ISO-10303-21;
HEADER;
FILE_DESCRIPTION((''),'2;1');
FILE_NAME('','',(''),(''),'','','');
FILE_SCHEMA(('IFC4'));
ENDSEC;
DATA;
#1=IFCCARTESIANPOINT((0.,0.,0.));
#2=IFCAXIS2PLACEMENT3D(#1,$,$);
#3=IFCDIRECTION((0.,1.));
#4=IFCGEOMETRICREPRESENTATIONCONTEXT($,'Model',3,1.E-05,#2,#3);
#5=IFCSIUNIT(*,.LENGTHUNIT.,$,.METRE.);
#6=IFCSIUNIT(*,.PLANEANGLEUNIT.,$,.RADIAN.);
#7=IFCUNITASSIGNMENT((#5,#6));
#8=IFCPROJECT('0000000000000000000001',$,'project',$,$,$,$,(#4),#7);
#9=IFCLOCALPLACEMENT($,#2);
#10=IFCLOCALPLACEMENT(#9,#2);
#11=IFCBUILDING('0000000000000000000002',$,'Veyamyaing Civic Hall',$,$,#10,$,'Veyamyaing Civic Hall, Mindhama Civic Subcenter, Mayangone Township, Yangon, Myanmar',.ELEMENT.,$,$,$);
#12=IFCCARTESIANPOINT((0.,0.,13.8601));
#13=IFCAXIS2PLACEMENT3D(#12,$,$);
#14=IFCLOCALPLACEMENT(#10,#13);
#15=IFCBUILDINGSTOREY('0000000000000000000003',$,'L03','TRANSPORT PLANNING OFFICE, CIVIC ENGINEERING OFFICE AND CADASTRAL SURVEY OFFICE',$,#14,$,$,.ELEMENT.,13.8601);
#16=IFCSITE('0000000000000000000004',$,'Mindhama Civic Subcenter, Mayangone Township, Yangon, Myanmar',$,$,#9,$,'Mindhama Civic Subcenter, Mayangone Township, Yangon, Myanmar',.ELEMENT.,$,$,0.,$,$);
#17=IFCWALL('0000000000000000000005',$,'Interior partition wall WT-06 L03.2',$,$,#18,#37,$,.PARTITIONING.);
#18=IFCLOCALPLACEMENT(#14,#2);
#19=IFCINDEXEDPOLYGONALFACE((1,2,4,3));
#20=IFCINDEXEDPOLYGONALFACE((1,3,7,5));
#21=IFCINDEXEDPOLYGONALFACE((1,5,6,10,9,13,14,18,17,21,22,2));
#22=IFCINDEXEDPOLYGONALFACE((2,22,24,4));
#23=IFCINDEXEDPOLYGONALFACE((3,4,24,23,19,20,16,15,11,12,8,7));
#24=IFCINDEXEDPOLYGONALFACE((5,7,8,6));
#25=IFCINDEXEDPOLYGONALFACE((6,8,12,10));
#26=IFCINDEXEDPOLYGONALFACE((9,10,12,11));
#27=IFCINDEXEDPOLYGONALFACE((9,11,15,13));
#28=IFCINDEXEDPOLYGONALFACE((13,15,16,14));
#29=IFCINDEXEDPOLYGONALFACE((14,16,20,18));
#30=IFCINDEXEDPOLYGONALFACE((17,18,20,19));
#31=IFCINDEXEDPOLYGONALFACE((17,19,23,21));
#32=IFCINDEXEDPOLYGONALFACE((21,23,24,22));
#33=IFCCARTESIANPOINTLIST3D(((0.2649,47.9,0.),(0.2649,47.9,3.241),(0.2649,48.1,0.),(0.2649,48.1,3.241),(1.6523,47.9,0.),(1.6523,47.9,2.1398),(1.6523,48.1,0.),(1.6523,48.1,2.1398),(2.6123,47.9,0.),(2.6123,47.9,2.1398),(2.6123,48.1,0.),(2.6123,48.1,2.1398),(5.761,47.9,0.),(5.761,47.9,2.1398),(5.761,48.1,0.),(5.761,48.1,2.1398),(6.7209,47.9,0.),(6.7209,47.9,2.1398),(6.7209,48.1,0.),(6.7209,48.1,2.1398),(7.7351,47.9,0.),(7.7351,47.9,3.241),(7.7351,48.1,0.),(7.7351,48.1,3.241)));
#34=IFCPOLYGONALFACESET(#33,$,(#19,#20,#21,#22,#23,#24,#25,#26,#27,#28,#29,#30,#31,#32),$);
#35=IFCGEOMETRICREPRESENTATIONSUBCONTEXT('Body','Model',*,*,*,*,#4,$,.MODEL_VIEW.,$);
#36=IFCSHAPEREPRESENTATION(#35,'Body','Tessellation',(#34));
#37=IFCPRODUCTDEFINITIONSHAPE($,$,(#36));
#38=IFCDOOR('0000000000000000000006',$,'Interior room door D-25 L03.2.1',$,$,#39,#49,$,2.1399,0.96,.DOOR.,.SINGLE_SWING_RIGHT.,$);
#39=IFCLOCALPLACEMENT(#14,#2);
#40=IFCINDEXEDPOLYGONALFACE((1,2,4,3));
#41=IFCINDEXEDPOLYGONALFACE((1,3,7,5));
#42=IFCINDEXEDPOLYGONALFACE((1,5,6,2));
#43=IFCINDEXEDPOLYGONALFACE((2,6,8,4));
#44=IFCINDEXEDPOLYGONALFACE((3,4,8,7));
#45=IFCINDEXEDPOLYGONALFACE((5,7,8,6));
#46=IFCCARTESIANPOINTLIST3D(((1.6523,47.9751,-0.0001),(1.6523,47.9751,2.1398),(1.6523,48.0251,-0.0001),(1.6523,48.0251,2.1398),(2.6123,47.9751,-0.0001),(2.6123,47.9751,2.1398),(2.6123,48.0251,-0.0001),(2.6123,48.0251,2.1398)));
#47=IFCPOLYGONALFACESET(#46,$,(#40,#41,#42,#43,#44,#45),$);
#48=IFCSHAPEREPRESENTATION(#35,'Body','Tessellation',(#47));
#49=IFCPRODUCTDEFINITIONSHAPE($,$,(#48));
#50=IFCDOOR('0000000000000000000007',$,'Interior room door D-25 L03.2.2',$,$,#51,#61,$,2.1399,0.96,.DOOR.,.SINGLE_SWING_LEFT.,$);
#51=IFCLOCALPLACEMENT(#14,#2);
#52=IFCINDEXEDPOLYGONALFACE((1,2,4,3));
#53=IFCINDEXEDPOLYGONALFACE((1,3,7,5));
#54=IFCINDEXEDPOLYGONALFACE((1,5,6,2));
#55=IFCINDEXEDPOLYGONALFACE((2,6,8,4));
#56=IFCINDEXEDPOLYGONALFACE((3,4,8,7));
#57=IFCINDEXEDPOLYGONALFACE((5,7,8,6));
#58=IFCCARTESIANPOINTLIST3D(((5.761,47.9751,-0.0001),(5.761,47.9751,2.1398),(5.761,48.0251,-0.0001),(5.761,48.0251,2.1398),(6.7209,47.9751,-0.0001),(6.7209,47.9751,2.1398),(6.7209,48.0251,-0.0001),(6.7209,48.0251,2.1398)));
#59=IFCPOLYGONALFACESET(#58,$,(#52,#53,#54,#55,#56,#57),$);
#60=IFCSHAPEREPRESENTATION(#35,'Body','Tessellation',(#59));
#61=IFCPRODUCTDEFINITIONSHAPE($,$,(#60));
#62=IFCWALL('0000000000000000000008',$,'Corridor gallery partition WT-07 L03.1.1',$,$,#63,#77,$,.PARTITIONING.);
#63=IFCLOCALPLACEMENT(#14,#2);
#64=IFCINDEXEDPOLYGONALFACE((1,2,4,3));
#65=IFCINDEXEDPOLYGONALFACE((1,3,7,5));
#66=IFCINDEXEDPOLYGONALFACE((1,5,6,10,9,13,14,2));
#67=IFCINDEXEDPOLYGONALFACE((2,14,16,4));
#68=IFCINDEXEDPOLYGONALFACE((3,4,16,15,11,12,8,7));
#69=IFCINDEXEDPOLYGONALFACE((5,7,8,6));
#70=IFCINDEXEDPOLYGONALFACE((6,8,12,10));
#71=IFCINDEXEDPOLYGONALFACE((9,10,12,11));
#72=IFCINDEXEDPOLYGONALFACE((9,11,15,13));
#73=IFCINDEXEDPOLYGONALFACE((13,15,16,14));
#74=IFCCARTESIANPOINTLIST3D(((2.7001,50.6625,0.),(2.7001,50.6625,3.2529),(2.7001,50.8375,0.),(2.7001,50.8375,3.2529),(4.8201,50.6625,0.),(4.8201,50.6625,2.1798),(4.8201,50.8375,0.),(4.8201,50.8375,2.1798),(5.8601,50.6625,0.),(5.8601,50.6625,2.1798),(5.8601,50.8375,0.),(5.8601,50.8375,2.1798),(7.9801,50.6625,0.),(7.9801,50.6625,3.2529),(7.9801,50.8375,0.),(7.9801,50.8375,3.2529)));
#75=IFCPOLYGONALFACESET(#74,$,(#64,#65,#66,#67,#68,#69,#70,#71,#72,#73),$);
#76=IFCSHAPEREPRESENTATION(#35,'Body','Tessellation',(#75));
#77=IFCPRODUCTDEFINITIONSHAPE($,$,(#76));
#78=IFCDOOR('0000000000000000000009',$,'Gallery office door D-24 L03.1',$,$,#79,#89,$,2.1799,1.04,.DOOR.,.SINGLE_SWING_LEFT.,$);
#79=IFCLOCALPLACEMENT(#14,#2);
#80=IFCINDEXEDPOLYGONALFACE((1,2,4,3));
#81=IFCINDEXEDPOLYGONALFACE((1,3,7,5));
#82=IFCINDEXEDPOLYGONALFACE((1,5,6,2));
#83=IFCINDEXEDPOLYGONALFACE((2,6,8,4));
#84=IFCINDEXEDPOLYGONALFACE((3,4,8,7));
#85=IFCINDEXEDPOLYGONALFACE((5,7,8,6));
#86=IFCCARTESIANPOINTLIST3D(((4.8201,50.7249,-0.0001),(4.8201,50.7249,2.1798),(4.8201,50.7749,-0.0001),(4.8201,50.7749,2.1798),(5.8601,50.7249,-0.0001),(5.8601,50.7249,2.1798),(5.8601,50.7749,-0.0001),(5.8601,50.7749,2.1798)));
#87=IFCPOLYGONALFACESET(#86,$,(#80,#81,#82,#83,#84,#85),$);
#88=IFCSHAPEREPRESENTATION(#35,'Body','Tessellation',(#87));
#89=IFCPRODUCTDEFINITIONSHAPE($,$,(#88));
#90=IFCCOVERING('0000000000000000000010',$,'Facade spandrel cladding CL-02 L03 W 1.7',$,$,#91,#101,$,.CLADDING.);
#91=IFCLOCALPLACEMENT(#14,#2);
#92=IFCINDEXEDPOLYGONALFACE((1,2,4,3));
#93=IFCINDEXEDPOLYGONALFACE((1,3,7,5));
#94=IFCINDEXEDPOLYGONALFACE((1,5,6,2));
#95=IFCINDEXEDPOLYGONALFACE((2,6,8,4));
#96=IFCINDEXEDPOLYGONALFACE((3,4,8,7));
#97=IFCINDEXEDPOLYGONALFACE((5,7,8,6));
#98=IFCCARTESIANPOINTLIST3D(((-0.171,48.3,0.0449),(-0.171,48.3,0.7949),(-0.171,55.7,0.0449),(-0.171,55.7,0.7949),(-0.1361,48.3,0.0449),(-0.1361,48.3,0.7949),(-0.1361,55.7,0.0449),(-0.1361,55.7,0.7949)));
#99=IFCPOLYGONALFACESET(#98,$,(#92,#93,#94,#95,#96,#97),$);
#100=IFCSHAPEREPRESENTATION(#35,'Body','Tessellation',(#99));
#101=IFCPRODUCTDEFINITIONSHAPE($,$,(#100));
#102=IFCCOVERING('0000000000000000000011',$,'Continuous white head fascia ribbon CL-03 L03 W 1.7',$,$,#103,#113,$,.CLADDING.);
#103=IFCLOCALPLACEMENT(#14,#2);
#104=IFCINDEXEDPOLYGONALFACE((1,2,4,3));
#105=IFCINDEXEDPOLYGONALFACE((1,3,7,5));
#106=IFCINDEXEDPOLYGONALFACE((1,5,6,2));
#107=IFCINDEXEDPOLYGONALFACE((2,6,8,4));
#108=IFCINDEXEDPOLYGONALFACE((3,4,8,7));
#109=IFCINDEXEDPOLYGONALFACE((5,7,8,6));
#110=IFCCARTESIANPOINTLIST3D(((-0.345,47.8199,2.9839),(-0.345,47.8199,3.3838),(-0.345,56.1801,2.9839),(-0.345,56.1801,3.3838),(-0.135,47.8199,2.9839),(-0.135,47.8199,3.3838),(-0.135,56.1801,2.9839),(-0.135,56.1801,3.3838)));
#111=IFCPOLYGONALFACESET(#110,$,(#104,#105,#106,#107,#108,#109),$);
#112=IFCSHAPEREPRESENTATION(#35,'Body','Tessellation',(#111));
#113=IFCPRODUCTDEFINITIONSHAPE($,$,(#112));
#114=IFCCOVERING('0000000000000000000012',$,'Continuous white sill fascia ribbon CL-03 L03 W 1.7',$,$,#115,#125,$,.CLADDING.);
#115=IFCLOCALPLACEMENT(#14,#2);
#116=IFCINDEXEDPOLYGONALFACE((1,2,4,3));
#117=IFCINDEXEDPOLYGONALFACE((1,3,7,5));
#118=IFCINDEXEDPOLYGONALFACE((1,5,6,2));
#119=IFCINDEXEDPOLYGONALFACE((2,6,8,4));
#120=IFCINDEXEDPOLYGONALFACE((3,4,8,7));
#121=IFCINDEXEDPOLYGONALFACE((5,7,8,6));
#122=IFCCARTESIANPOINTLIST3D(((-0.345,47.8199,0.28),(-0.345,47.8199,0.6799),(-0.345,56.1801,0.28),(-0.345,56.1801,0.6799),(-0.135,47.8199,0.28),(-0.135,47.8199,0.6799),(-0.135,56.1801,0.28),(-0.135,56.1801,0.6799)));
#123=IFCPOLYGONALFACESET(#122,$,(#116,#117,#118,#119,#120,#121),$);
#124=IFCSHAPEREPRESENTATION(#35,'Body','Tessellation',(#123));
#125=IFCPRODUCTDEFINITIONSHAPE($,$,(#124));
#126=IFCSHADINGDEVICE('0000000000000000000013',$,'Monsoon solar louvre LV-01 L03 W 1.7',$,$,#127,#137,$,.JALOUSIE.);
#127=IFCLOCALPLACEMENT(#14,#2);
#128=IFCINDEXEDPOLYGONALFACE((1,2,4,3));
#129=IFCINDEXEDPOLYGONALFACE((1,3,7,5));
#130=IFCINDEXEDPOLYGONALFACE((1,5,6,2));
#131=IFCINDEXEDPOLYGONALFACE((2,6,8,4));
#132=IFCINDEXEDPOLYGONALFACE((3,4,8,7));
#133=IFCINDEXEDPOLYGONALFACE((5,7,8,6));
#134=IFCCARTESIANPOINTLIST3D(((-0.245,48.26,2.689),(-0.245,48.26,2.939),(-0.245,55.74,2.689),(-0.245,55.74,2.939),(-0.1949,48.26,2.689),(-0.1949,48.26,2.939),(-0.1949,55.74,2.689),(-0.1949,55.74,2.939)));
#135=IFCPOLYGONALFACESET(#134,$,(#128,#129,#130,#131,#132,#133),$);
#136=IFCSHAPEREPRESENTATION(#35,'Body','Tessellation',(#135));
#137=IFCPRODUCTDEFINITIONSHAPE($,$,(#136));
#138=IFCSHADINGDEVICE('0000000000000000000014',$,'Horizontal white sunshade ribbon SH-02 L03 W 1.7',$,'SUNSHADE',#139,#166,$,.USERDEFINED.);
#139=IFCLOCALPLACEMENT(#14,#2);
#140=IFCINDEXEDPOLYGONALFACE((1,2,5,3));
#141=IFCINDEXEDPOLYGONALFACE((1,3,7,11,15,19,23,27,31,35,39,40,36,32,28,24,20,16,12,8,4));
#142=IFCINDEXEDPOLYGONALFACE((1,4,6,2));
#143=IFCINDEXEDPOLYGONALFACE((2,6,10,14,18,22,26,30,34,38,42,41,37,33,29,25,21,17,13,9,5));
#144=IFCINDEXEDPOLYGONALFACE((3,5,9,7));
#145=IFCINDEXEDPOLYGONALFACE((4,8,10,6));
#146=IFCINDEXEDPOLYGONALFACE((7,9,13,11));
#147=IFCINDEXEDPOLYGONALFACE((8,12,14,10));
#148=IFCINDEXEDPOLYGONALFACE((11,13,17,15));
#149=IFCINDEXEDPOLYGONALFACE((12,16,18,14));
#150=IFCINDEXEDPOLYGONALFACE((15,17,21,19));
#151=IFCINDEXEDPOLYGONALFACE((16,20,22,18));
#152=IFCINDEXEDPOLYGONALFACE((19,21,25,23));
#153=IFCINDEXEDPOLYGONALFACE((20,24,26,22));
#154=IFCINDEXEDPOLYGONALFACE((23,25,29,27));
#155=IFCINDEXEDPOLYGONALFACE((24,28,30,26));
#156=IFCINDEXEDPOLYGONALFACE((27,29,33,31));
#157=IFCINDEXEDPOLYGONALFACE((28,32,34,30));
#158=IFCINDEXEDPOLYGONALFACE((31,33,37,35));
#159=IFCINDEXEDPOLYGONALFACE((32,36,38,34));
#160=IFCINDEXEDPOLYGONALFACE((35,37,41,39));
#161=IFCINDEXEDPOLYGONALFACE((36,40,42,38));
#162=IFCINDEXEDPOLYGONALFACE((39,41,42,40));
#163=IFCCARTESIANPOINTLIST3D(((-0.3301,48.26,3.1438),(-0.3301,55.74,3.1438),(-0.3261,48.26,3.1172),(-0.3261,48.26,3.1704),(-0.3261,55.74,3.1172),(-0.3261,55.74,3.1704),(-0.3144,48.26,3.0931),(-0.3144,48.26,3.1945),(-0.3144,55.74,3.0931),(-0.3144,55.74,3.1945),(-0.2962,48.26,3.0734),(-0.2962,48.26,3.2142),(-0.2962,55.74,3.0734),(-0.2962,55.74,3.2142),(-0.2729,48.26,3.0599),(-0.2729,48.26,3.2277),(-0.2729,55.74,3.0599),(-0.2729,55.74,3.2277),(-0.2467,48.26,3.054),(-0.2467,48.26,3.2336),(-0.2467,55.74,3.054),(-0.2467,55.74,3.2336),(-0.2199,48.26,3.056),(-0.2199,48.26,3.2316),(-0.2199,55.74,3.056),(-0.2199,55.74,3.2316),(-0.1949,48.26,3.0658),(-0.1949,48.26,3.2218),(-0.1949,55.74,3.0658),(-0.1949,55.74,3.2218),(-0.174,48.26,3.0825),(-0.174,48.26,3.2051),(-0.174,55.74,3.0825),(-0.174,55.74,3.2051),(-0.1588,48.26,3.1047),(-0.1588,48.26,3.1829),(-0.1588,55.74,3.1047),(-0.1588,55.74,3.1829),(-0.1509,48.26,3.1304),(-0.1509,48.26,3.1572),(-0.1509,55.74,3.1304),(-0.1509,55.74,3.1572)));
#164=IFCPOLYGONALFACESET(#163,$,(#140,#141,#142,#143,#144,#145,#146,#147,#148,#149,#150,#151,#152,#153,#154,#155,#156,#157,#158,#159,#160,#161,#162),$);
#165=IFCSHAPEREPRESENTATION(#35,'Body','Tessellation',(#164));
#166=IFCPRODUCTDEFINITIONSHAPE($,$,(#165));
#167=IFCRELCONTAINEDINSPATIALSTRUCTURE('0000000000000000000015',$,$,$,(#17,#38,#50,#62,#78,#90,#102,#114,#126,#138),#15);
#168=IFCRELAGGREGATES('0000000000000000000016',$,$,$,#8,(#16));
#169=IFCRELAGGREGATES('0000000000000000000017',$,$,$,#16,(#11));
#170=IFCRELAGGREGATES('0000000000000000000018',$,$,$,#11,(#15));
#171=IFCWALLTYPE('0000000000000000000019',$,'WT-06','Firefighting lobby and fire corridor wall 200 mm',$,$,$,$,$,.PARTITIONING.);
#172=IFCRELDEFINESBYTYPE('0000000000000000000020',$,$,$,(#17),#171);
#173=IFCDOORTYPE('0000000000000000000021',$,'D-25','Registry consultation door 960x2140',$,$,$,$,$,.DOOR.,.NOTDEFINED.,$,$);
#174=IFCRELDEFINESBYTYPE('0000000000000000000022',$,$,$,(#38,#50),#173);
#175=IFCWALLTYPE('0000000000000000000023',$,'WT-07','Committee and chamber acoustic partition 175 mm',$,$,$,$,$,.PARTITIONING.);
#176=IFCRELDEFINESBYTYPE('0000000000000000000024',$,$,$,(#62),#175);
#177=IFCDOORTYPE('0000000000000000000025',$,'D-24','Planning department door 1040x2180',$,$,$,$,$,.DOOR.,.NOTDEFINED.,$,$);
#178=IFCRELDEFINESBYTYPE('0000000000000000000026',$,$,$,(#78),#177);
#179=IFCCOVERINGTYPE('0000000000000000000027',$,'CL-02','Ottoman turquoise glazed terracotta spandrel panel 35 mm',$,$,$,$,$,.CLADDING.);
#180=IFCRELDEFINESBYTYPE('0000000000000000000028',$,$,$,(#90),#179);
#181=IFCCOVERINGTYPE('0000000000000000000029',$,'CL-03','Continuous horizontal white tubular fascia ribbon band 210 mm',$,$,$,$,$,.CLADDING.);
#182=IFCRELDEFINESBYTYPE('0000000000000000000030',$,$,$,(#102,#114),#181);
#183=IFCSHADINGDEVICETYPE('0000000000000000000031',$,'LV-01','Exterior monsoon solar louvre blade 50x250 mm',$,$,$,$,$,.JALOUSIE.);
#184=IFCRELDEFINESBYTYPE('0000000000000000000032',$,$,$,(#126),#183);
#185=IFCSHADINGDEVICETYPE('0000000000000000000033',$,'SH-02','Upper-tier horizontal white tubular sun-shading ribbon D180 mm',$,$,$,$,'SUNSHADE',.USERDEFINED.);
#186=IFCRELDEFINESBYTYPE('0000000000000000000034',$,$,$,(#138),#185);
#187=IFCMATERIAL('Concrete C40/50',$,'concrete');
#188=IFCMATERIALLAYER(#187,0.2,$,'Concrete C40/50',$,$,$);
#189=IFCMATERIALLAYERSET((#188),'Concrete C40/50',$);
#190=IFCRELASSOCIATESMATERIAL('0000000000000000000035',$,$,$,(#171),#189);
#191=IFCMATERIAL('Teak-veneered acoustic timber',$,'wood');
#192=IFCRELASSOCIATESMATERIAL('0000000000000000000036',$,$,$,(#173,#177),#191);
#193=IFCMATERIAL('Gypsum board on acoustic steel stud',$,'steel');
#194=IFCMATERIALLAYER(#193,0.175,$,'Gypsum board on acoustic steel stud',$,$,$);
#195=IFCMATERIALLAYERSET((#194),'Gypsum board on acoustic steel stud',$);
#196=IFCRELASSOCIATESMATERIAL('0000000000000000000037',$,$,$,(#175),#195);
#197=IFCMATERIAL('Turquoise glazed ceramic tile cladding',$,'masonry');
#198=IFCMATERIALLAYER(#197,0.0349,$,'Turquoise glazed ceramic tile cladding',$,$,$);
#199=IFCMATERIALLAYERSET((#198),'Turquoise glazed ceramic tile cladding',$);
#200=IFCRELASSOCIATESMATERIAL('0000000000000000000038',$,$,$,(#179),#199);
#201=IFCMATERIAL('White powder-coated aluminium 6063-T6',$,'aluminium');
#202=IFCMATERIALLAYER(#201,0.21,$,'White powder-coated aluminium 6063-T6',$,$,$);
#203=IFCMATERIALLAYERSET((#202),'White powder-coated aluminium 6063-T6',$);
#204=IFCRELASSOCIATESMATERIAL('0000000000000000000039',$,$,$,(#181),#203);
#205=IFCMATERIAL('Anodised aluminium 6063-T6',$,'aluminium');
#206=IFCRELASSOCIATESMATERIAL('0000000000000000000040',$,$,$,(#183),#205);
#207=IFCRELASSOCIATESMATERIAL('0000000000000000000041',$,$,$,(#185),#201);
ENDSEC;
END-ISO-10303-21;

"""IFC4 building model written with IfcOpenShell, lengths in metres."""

from ifc_helpers import new_model, si_unit, direction, frame, frame_2d, origin, origin_2d, place, context, subcontext, project, spatial, rectangle, circle, extrude, material, layer, layer_set, material_profile, profile_set, type_object, element, fill, save


model = new_model("IFC4")

# Units and contexts
model_context = context("Model", 3, precision=1e-05, world=origin(), true_north=direction((0.0, 1.0)))
body_context = subcontext(model_context, "Body", "Model", "MODEL_VIEW")
ifc_project = project(units=[si_unit("LENGTHUNIT", "METRE"), si_unit("PLANEANGLEUNIT", "RADIAN")], contexts=[model_context])

# Site, building, storey
site_placement = place(None, origin())
site = spatial("IfcSite", under=ifc_project, at=site_placement, Name="Mindhama Civic Subcenter, Mayangone Township, Yangon, Myanmar", LongName="Mindhama Civic Subcenter, Mayangone Township, Yangon, Myanmar", CompositionType="ELEMENT", RefElevation=0.0)
building_placement = place(site_placement, origin())
building = spatial("IfcBuilding", under=site, at=building_placement, Name="Veyamyaing Civic Hall", LongName="Veyamyaing Civic Hall, Mindhama Civic Subcenter, Mayangone Township, Yangon, Myanmar", CompositionType="ELEMENT")
storey_placement = place(building_placement, frame((0.0, 0.0, 13.8601)))
storey = spatial("IfcBuildingStorey", under=building, at=storey_placement, Name="L03", Description="TRANSPORT PLANNING OFFICE, CIVIC ENGINEERING OFFICE AND CADASTRAL SURVEY OFFICE", CompositionType="ELEMENT", Elevation=13.8601)

# Wall, openings, doors
ifc_material_1 = material(Name="Concrete C40/50", Category="concrete")
ifc_layer_1 = layer(ifc_material_1, 0.2, Name="Concrete C40/50")
ifc_layer_set_1 = layer_set([ifc_layer_1], Name="Concrete C40/50")
wall_type_1 = type_object("IfcWallType", Name="WT-06", Description="Firefighting lobby and fire corridor wall 200 mm", PredefinedType="PARTITIONING", material=ifc_layer_set_1)
wall_1_placement = place(storey_placement, frame((0.2649, 48.0, 0.0), z_axis=(0.0, 0.0, 1.0), x_axis=(1.0, 0.0, 0.0)))
wall_1 = element("IfcWall", 1, at=wall_1_placement, inside=storey, type_object=wall_type_1, Name="Interior partition wall WT-06 L03.2", PredefinedType="PARTITIONING", context=body_context, shape_type="SweptSolid", body=[
    extrude(rectangle(XDim=7.4702, YDim=0.2, at=frame_2d((3.7351, 0.0))), origin(), (0.0, 0.0, 1.0), 3.241),
])
opening_1_placement = place(wall_1_placement, frame((1.3875, 0.0, 0.0)))
opening_1 = element("IfcOpeningElement", 2, at=opening_1_placement, cuts=wall_1, PredefinedType="OPENING", context=body_context, shape_type="SweptSolid", body=[
    extrude(rectangle(XDim=0.96, YDim=2.1399, at=frame_2d((0.48, 1.0698))), frame((0.0, 0.1099, 0.0), z_axis=(0.0, -1.0, 0.0), x_axis=(1.0, 0.0, 0.0)), (0.0, 0.0, 1.0), 0.22),
])
opening_2_placement = place(wall_1_placement, frame((5.4961, 0.0, 0.0)))
opening_2 = element("IfcOpeningElement", 3, at=opening_2_placement, cuts=wall_1, PredefinedType="OPENING", context=body_context, shape_type="SweptSolid", body=[
    extrude(rectangle(XDim=0.96, YDim=2.1399, at=frame_2d((0.48, 1.0698))), frame((0.0, 0.1099, 0.0), z_axis=(0.0, -1.0, 0.0), x_axis=(1.0, 0.0, 0.0)), (0.0, 0.0, 1.0), 0.22),
])
ifc_material_2 = material(Name="Teak-veneered acoustic timber", Category="wood")
door_type_1 = type_object("IfcDoorType", Name="D-25", Description="Registry consultation door 960x2140", OperationType="NOTDEFINED", PredefinedType="DOOR", material=ifc_material_2)
door_1_placement = place(opening_1_placement, frame((0.96, 0.0, 0.0), z_axis=(0.0, 0.0, 1.0), x_axis=(-1.0, 0.0, 0.0)))
door_1 = element("IfcDoor", 4, at=door_1_placement, inside=storey, type_object=door_type_1, Name="Interior room door D-25 L03.2.1", OperationType="SINGLE_SWING_RIGHT", OverallHeight=2.1399, OverallWidth=0.96, PredefinedType="DOOR", context=body_context, shape_type="SweptSolid", body=[
    extrude(rectangle(XDim=0.96, YDim=2.1399, at=frame_2d((0.48, 1.0698))), frame((0.0, 0.0249, 0.0), z_axis=(0.0, -1.0, 0.0), x_axis=(1.0, 0.0, 0.0)), (0.0, 0.0, 1.0), 0.05),
])
fill(opening_1, door_1)
door_2_placement = place(opening_2_placement, frame((0.96, 0.0, 0.0), z_axis=(0.0, 0.0, 1.0), x_axis=(-1.0, 0.0, 0.0)))
door_2 = element("IfcDoor", 5, at=door_2_placement, inside=storey, type_object=door_type_1, Name="Interior room door D-25 L03.2.2", OperationType="SINGLE_SWING_LEFT", OverallHeight=2.1399, OverallWidth=0.96, PredefinedType="DOOR", context=body_context, shape_type="SweptSolid", body=[
    extrude(rectangle(XDim=0.96, YDim=2.1399, at=frame_2d((0.48, 1.0698))), frame((0.0, 0.0249, 0.0), z_axis=(0.0, -1.0, 0.0), x_axis=(1.0, 0.0, 0.0)), (0.0, 0.0, 1.0), 0.05),
])
fill(opening_2, door_2)

# Wall, opening, door
ifc_material_3 = material(Name="Gypsum board on acoustic steel stud", Category="steel")
ifc_layer_2 = layer(ifc_material_3, 0.175, Name="Gypsum board on acoustic steel stud")
ifc_layer_set_2 = layer_set([ifc_layer_2], Name="Gypsum board on acoustic steel stud")
wall_type_2 = type_object("IfcWallType", Name="WT-07", Description="Committee and chamber acoustic partition 175 mm", PredefinedType="PARTITIONING", material=ifc_layer_set_2)
wall_2_placement = place(storey_placement, frame((2.7, 50.75, 0.0), z_axis=(0.0, 0.0, 1.0), x_axis=(1.0, 0.0, 0.0)))
wall_2 = element("IfcWall", 6, at=wall_2_placement, inside=storey, type_object=wall_type_2, Name="Corridor gallery partition WT-07 L03.1.1", PredefinedType="PARTITIONING", context=body_context, shape_type="SweptSolid", body=[
    extrude(rectangle(XDim=5.28, YDim=0.175, at=frame_2d((2.6401, 0.0))), origin(), (0.0, 0.0, 1.0), 3.2529),
])
opening_3_placement = place(wall_2_placement, frame((2.1201, 0.0, 0.0)))
opening_3 = element("IfcOpeningElement", 7, at=opening_3_placement, cuts=wall_2, PredefinedType="OPENING", context=body_context, shape_type="SweptSolid", body=[
    extrude(rectangle(XDim=1.04, YDim=2.1799, at=frame_2d((0.52, 1.0898))), frame((0.0, 0.0974, 0.0), z_axis=(0.0, -1.0, 0.0), x_axis=(1.0, 0.0, 0.0)), (0.0, 0.0, 1.0), 0.1951),
])
door_type_2 = type_object("IfcDoorType", Name="D-24", Description="Planning department door 1040x2180", OperationType="NOTDEFINED", PredefinedType="DOOR", material=ifc_material_2)
door_3_placement = place(opening_3_placement, origin())
door_3 = element("IfcDoor", 8, at=door_3_placement, inside=storey, type_object=door_type_2, Name="Gallery office door D-24 L03.1", OperationType="SINGLE_SWING_LEFT", OverallHeight=2.1799, OverallWidth=1.04, PredefinedType="DOOR", context=body_context, shape_type="SweptSolid", body=[
    extrude(rectangle(XDim=1.04, YDim=2.1799, at=frame_2d((0.52, 1.0898))), frame((0.0, 0.0249, 0.0), z_axis=(0.0, -1.0, 0.0), x_axis=(1.0, 0.0, 0.0)), (0.0, 0.0, 1.0), 0.05),
])
fill(opening_3, door_3)

# Coverings
ifc_material_4 = material(Name="Turquoise glazed ceramic tile cladding", Category="masonry")
ifc_layer_3 = layer(ifc_material_4, 0.0349, Name="Turquoise glazed ceramic tile cladding")
ifc_layer_set_3 = layer_set([ifc_layer_3], Name="Turquoise glazed ceramic tile cladding")
covering_type_1 = type_object("IfcCoveringType", Name="CL-02", Description="Ottoman turquoise glazed terracotta spandrel panel 35 mm", PredefinedType="CLADDING", material=ifc_layer_set_3)
covering_placement = place(storey_placement, frame((-0.1536, 52.0, 0.0449), z_axis=(0.0, 0.0, 1.0), x_axis=(0.0, 1.0, 0.0)))
element("IfcCovering", 9, at=covering_placement, inside=storey, type_object=covering_type_1, Name="Facade spandrel cladding CL-02 L03 W 1.7", PredefinedType="CLADDING", context=body_context, shape_type="SweptSolid", body=[
    extrude(rectangle(XDim=7.3999, YDim=0.0349, at=origin_2d()), origin(), (0.0, 0.0, 1.0), 0.75),
])
ifc_material_5 = material(Name="White powder-coated aluminium 6063-T6", Category="aluminium")
ifc_layer_4 = layer(ifc_material_5, 0.21, Name="White powder-coated aluminium 6063-T6")
ifc_layer_set_4 = layer_set([ifc_layer_4], Name="White powder-coated aluminium 6063-T6")
covering_type_2 = type_object("IfcCoveringType", Name="CL-03", Description="Continuous horizontal white tubular fascia ribbon band 210 mm", PredefinedType="CLADDING", material=ifc_layer_set_4)
for number, where, z_axis, x_axis, name in (
    (10, (-0.24, 52.0, 2.9839), (0.0, 0.0, 1.0), (0.0, 1.0, 0.0), "Continuous white head fascia ribbon CL-03 L03 W 1.7"),
    (11, (-0.24, 52.0, 0.28), (0.0, 0.0, 1.0), (0.0, 1.0, 0.0), "Continuous white sill fascia ribbon CL-03 L03 W 1.7"),
):
    element("IfcCovering", number, at=place(storey_placement, frame(where, z_axis=z_axis, x_axis=x_axis)), inside=storey, type_object=covering_type_2, Name=name, PredefinedType="CLADDING", context=body_context, shape_type="SweptSolid", body=[
        extrude(rectangle(XDim=8.3601, YDim=0.21, at=origin_2d()), origin(), (0.0, 0.0, 1.0), 0.3999),
    ])

# Shading devices
ifc_material_6 = material(Name="Anodised aluminium 6063-T6", Category="aluminium")
ifc_material_profile_1 = material_profile(ifc_material_6, rectangle(XDim=0.05, YDim=0.25, at=origin_2d()), Name="LOUVRE-BLADE-50X250")
ifc_profile_set_1 = profile_set([ifc_material_profile_1], Name="Anodised aluminium 6063-T6")
shading_device_type_1 = type_object("IfcShadingDeviceType", Name="LV-01", Description="Exterior monsoon solar louvre blade 50x250 mm", PredefinedType="JALOUSIE", material=ifc_profile_set_1)
shading_device_1_placement = place(storey_placement, frame((-0.22, 48.26, 2.814), z_axis=(0.0, 1.0, 0.0), x_axis=(-1.0, 0.0, 0.0)))
element("IfcShadingDevice", 12, at=shading_device_1_placement, inside=storey, type_object=shading_device_type_1, Name="Monsoon solar louvre LV-01 L03 W 1.7", PredefinedType="JALOUSIE", context=body_context, shape_type="SweptSolid", body=[
    extrude(rectangle(XDim=0.05, YDim=0.25, at=origin_2d()), origin(), (0.0, 0.0, 1.0), 7.48),
])
ifc_material_profile_2 = material_profile(ifc_material_5, circle(Radius=0.0901, at=origin_2d()), Name="SHADE-TUBE-180")
ifc_profile_set_2 = profile_set([ifc_material_profile_2], Name="White powder-coated aluminium 6063-T6")
shading_device_type_2 = type_object("IfcShadingDeviceType", Name="SH-02", Description="Upper-tier horizontal white tubular sun-shading ribbon D180 mm", ElementType="SUNSHADE", PredefinedType="USERDEFINED", material=ifc_profile_set_2)
shading_device_2_placement = place(storey_placement, frame((-0.24, 48.26, 3.1438), z_axis=(0.0, 1.0, 0.0), x_axis=(-1.0, 0.0, 0.0)))
element("IfcShadingDevice", 13, at=shading_device_2_placement, inside=storey, type_object=shading_device_type_2, Name="Horizontal white sunshade ribbon SH-02 L03 W 1.7", ObjectType="SUNSHADE", PredefinedType="USERDEFINED", context=body_context, shape_type="SweptSolid", body=[
    extrude(circle(Radius=0.0901, at=origin_2d()), origin(), (0.0, 0.0, 1.0), 7.48),
])

save(model, "model.ifc")
